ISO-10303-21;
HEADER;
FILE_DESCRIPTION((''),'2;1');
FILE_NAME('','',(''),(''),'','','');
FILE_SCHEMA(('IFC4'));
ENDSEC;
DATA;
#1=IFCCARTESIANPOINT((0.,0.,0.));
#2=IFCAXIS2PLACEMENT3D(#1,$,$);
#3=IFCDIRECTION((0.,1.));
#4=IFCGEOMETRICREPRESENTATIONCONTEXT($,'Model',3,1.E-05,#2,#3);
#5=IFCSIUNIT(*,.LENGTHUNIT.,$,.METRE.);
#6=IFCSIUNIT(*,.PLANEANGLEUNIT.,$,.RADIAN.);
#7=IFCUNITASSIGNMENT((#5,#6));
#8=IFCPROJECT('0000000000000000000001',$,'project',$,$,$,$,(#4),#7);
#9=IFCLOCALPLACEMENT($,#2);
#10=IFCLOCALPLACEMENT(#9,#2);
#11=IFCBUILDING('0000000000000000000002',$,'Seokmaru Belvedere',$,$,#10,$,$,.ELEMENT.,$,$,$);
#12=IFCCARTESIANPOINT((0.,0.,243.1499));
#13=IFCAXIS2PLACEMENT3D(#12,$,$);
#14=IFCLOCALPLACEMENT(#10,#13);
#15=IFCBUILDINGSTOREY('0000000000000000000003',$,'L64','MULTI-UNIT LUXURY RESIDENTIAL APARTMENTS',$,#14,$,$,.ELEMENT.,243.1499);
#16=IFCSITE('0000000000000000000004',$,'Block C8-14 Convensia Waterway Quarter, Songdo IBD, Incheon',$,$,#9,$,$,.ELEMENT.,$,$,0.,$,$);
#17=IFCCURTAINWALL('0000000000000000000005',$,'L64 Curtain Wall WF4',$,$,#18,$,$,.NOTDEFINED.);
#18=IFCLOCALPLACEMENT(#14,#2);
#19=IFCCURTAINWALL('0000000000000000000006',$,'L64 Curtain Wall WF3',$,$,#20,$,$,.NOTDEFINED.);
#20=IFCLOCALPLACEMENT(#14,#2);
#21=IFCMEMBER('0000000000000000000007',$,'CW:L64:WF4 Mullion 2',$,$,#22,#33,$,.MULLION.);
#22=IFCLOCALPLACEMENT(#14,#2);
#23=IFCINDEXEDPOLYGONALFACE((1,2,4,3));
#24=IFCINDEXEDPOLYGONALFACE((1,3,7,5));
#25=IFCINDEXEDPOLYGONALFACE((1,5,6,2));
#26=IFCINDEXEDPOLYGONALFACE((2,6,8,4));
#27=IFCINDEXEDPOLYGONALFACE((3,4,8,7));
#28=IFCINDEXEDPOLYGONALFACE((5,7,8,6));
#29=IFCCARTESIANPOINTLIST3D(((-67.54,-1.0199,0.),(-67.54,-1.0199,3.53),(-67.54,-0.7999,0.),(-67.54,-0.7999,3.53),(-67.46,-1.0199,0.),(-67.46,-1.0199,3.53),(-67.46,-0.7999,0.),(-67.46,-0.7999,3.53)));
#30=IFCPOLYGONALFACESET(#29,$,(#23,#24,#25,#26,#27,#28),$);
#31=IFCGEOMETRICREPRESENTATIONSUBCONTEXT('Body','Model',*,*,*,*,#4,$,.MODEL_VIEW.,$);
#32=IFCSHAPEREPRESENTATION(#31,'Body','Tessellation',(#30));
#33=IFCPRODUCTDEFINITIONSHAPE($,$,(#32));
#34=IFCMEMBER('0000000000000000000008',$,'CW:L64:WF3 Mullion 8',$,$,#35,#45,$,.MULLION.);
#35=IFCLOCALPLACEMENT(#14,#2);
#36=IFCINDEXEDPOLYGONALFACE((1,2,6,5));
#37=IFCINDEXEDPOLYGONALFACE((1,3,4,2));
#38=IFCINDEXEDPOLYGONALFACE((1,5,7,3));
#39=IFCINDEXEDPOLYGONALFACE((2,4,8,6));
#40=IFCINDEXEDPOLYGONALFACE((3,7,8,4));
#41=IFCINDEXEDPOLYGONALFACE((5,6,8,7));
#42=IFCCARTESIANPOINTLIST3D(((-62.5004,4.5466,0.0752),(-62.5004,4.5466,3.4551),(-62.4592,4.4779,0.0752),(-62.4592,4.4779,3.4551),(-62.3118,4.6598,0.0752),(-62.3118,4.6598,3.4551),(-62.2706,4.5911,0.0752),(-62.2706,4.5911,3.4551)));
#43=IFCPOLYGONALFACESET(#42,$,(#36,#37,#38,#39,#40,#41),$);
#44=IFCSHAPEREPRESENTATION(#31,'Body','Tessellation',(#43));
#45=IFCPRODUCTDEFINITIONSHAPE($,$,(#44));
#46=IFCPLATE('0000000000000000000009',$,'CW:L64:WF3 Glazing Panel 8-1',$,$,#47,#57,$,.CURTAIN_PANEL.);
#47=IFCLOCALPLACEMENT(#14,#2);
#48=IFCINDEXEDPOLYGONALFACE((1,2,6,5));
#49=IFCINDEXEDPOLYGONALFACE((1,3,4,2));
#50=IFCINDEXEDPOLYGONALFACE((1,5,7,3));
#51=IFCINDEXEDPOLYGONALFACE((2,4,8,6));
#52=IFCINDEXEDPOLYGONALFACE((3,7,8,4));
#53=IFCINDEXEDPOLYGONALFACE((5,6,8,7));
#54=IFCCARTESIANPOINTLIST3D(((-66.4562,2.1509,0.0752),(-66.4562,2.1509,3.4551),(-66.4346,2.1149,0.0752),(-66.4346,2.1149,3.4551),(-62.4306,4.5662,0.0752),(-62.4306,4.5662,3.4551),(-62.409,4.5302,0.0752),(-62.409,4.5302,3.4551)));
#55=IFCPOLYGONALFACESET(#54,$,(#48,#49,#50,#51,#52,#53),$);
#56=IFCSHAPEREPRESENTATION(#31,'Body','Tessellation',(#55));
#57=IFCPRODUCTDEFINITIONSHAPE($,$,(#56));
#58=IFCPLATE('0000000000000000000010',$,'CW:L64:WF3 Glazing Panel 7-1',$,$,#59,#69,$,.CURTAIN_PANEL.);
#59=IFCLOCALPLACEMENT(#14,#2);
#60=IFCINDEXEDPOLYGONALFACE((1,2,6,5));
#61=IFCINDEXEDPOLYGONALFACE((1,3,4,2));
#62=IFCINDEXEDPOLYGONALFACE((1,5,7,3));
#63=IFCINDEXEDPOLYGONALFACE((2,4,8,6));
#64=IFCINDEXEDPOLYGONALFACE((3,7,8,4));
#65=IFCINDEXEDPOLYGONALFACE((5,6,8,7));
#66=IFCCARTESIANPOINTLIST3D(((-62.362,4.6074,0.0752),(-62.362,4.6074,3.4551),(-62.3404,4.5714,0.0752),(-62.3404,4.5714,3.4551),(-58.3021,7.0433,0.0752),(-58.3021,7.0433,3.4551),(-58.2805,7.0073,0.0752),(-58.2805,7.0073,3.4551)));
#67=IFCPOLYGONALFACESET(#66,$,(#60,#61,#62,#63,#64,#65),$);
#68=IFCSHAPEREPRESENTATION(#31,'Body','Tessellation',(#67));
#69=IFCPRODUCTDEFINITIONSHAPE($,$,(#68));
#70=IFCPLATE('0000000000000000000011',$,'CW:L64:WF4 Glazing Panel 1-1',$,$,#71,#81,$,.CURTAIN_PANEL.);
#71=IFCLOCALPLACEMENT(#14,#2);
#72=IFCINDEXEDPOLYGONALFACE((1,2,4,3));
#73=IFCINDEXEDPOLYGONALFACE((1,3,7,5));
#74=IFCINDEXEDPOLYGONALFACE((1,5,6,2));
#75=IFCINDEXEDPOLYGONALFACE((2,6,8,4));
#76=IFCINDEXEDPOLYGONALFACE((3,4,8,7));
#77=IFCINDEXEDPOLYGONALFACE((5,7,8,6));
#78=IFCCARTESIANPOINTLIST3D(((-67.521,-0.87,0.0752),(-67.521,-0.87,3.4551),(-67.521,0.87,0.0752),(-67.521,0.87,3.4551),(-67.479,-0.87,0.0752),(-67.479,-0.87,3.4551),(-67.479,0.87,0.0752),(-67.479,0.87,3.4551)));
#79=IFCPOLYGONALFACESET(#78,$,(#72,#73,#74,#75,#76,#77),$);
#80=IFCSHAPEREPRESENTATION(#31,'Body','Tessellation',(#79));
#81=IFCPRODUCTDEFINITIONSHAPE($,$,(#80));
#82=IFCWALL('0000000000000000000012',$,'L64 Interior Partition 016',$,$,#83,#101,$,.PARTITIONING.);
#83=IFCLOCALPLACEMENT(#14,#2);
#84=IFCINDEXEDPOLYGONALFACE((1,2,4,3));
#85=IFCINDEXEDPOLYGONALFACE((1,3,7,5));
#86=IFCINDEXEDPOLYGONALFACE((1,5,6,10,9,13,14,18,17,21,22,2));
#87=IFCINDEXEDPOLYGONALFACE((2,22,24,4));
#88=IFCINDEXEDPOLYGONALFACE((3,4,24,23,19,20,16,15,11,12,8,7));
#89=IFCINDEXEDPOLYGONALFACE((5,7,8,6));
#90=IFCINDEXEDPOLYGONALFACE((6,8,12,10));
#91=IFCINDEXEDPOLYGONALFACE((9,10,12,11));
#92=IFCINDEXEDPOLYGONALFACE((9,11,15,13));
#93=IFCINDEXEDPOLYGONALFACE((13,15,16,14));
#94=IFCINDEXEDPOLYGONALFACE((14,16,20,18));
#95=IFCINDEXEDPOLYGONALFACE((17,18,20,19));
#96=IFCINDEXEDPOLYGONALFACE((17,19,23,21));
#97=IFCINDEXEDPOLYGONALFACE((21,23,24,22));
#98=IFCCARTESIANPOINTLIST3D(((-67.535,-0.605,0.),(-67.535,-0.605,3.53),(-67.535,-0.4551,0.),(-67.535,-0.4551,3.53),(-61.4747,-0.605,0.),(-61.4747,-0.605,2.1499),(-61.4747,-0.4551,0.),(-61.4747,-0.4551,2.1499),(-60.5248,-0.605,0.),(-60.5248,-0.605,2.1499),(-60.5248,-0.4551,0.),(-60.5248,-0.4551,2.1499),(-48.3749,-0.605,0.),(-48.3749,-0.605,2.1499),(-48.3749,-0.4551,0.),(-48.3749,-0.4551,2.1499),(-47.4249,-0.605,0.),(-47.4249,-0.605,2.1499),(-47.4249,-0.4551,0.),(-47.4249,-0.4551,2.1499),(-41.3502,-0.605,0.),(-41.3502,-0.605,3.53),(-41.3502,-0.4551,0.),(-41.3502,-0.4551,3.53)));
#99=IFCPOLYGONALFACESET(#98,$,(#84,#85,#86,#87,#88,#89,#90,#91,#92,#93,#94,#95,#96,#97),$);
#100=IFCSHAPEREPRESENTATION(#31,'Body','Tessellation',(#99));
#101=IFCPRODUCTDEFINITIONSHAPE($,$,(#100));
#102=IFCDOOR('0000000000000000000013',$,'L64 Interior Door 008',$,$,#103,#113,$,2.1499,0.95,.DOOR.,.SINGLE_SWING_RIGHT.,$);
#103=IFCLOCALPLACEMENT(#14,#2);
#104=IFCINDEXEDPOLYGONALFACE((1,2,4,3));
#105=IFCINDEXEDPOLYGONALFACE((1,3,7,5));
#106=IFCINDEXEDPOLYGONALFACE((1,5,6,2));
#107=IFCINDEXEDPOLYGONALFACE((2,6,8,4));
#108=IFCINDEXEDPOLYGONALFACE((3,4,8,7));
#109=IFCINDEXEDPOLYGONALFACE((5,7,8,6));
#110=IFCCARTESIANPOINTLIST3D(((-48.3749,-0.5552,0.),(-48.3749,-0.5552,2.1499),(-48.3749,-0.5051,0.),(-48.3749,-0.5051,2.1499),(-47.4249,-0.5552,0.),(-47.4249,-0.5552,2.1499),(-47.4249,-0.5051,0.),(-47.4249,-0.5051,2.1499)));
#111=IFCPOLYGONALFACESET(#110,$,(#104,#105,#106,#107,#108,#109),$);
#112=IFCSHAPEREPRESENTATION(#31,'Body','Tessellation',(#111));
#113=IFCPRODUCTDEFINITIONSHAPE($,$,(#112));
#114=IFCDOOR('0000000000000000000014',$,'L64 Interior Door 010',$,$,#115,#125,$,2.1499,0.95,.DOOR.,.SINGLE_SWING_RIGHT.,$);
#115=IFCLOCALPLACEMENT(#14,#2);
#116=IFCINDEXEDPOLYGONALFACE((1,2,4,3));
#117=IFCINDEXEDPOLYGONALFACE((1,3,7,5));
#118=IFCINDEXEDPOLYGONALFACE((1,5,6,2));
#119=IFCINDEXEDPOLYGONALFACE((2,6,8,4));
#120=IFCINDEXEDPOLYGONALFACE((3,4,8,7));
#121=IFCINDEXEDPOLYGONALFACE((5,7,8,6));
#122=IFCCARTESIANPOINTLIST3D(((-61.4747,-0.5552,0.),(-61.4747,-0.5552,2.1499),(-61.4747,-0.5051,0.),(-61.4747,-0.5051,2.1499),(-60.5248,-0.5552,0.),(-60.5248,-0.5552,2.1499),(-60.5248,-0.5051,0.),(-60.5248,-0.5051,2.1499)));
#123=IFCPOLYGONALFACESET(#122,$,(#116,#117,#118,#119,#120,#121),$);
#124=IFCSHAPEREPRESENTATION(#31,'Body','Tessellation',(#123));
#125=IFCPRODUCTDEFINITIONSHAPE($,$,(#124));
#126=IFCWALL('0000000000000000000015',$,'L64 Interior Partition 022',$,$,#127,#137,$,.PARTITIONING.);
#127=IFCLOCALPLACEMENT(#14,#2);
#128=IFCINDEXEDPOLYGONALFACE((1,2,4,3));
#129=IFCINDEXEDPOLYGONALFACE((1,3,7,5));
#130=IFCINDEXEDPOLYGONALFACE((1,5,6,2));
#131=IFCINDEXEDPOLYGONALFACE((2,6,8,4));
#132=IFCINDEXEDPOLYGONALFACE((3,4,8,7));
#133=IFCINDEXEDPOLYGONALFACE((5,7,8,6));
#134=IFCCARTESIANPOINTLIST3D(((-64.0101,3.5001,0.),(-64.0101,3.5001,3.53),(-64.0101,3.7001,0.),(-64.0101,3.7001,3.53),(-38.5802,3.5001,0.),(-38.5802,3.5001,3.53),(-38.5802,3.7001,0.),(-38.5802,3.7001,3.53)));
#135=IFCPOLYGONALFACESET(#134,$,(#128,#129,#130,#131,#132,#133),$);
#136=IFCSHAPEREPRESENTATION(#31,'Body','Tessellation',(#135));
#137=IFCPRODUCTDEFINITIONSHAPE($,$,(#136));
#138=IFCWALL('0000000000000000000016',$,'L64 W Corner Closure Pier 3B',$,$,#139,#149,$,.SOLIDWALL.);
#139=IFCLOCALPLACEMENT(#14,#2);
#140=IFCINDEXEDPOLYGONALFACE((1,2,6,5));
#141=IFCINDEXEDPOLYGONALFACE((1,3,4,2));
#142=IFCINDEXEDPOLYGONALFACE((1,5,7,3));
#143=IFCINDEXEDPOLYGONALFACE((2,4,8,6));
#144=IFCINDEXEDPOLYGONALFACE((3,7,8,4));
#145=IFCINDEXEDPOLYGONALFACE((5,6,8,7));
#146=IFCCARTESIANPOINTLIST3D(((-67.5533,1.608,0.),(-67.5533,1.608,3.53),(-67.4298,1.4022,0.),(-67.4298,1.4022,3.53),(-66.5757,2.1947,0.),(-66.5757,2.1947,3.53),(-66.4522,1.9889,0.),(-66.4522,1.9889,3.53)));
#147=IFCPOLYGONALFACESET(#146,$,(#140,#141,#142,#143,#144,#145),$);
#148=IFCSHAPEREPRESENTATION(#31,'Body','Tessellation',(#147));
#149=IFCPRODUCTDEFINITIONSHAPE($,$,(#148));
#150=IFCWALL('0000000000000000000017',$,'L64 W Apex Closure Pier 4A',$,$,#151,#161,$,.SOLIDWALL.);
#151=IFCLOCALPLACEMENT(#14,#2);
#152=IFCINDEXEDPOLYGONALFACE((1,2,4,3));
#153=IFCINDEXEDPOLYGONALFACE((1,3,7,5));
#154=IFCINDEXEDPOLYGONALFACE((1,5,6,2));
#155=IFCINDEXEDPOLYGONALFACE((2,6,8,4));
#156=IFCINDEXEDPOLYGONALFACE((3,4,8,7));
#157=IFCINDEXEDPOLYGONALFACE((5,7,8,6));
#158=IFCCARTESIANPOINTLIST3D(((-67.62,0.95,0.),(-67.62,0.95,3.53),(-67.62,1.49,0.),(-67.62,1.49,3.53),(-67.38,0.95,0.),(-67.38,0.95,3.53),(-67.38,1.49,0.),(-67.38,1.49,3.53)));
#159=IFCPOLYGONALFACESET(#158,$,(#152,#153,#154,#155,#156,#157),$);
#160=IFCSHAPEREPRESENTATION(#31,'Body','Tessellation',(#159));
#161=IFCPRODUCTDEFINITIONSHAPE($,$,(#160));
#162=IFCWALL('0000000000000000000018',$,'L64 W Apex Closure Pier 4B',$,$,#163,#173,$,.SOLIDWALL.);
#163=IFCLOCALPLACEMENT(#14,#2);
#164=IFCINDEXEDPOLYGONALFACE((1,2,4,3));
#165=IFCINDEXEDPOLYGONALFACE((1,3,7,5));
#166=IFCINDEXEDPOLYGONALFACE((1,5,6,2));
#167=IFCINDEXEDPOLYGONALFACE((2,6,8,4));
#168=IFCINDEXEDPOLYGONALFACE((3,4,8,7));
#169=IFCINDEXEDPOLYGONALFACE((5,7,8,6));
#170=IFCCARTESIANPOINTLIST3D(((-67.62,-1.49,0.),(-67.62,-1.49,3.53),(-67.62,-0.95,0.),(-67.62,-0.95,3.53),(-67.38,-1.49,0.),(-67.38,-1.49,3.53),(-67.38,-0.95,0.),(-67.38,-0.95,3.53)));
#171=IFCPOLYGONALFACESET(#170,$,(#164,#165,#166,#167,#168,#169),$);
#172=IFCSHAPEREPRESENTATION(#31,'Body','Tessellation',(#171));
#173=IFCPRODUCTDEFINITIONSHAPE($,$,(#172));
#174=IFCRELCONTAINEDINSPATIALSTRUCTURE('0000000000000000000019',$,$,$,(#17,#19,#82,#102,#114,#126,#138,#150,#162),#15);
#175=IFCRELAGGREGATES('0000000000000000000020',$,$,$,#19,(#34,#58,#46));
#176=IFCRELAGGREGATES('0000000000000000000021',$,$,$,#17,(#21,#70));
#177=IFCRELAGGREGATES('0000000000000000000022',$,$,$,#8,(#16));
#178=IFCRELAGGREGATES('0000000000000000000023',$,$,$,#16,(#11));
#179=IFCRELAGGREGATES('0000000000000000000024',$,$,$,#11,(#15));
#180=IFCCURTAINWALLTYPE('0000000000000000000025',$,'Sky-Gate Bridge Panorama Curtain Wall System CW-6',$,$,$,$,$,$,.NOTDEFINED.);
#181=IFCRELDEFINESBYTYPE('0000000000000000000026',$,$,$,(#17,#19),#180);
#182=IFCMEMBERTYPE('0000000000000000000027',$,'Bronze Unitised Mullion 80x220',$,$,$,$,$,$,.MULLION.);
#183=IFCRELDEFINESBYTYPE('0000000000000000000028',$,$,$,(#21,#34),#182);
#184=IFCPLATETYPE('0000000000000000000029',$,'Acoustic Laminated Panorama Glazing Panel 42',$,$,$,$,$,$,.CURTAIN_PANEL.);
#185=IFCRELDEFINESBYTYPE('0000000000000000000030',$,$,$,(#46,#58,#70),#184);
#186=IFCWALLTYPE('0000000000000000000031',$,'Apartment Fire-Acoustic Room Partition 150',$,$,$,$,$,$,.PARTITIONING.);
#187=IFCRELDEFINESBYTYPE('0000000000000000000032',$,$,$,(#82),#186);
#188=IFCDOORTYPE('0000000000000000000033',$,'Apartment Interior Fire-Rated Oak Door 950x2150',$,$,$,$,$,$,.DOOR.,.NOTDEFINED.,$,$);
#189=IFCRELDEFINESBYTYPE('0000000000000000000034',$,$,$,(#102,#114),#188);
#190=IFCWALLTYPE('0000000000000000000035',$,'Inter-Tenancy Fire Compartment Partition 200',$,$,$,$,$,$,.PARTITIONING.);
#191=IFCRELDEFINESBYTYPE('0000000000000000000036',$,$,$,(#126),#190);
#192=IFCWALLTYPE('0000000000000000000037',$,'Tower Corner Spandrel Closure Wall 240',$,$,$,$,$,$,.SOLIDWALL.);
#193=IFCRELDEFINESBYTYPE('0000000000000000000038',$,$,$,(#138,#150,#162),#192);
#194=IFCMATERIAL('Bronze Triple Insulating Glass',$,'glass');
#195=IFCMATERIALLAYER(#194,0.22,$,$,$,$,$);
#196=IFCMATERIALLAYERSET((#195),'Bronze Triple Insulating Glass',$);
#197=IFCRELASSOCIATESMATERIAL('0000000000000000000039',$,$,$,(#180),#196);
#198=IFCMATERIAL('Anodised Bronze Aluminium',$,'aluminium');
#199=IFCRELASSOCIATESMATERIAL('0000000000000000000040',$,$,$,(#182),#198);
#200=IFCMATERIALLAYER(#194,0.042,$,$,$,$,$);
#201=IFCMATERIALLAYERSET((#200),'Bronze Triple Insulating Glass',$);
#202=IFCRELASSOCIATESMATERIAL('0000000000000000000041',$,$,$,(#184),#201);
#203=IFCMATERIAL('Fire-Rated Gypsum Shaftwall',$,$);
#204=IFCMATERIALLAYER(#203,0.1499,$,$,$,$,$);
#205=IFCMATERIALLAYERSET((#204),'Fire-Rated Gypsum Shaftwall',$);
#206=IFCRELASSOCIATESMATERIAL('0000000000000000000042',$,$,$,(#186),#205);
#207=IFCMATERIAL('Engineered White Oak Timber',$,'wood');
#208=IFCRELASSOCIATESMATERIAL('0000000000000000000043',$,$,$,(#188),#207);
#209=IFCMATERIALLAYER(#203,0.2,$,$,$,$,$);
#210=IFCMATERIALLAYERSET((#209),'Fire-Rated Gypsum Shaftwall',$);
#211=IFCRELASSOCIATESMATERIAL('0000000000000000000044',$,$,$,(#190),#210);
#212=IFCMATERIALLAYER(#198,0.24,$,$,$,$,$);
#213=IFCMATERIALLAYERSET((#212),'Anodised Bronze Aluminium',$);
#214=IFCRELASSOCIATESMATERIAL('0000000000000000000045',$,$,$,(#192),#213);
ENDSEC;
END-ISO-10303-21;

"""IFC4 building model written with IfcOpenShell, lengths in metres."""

from ifc_helpers import new_model, si_unit, direction, frame, frame_2d, origin, origin_2d, place, context, subcontext, project, spatial, rectangle, extrude, source, transform, mapped, material, layer, layer_set, material_profile, profile_set, type_object, type_shapes, element, fill, aggregate, save


model = new_model("IFC4")

# Units and contexts
model_context = context("Model", 3, precision=1e-05, world=origin(), true_north=direction((0.0, 1.0)))
body_context = subcontext(model_context, "Body", "Model", "MODEL_VIEW")
ifc_project = project(units=[si_unit("LENGTHUNIT", "METRE"), si_unit("PLANEANGLEUNIT", "RADIAN")], contexts=[model_context])

# Site, building, storey
site_placement = place(None, origin())
site = spatial("IfcSite", under=ifc_project, at=site_placement, Name="Block C8-14 Convensia Waterway Quarter, Songdo IBD, Incheon", CompositionType="ELEMENT", RefElevation=0.0)
building_placement = place(site_placement, origin())
building = spatial("IfcBuilding", under=site, at=building_placement, Name="Seokmaru Belvedere", CompositionType="ELEMENT")
storey_placement = place(building_placement, frame((0.0, 0.0, 243.1499)))
storey = spatial("IfcBuildingStorey", under=building, at=storey_placement, Name="L64", Description="MULTI-UNIT LUXURY RESIDENTIAL APARTMENTS", CompositionType="ELEMENT", Elevation=243.1499)

# Curtain wall
ifc_material_1 = material(Name="Bronze Triple Insulating Glass", Category="glass")
ifc_layer_1 = layer(ifc_material_1, 0.22)
ifc_layer_set_1 = layer_set([ifc_layer_1], Name="Bronze Triple Insulating Glass")
curtain_wall_type = type_object("IfcCurtainWallType", Name="Sky-Gate Bridge Panorama Curtain Wall System CW-6", PredefinedType="NOTDEFINED", material=ifc_layer_set_1)
curtain_wall_1_placement = place(storey_placement, origin())
curtain_wall_1 = element("IfcCurtainWall", 1, at=curtain_wall_1_placement, inside=storey, type_object=curtain_wall_type, Name="L64 Curtain Wall WF4", PredefinedType="NOTDEFINED")
ifc_material_2 = material(Name="Anodised Bronze Aluminium", Category="aluminium")

# Curtain wall
curtain_wall_2_placement = place(storey_placement, origin())
curtain_wall_2 = element("IfcCurtainWall", 2, at=curtain_wall_2_placement, inside=storey, type_object=curtain_wall_type, Name="L64 Curtain Wall WF3", PredefinedType="NOTDEFINED")
ifc_material_profile_1 = material_profile(ifc_material_2, rectangle(XDim=0.0801, YDim=0.22, at=origin_2d()), Name="CW-M-80x220")
ifc_profile_set_1 = profile_set([ifc_material_profile_1], Name="Anodised Bronze Aluminium")
member_type_1 = type_object("IfcMemberType", Name="Bronze Unitised Mullion 80x220", PredefinedType="MULLION", material=ifc_profile_set_1)
shared_shape_1 = source(origin(), body_context, "Body", "SweptSolid", [
    extrude(rectangle(XDim=0.0801, YDim=0.22, at=origin_2d()), origin(), (0.0, 0.0, 1.0), 3.53),
])

# Members
member_1_placement = place(storey_placement, frame((-67.5, -0.9099, 0.0), z_axis=(0.0, 0.0, 1.0), x_axis=(1.0, 0.0, 0.0)))
member_1 = element("IfcMember", 3, at=member_1_placement, type_object=member_type_1, Name="CW:L64:WF4 Mullion 2", PredefinedType="MULLION", context=body_context, shape_type="MappedRepresentation", body=[
    mapped(shared_shape_1, transform((0.0, 0.0, 0.0), scale=1.0)),
])
shared_shape_2 = source(origin(), body_context, "Body", "SweptSolid", [
    extrude(rectangle(XDim=0.0801, YDim=0.22, at=origin_2d()), origin(), (0.0, 0.0, 1.0), 3.3799),
])
type_shapes(member_type_1, [shared_shape_1, shared_shape_2])
member_2_placement = place(storey_placement, frame((-62.3855, 4.5688, 0.0752), z_axis=(0.0, 0.0, 1.0), x_axis=(0.514495, -0.857493, 0.0)))
member_2 = element("IfcMember", 4, at=member_2_placement, type_object=member_type_1, Name="CW:L64:WF3 Mullion 8", PredefinedType="MULLION", context=body_context, shape_type="MappedRepresentation", body=[
    mapped(shared_shape_2, transform((0.0, 0.0, 0.0), scale=1.0)),
])

# Plates
ifc_layer_2 = layer(ifc_material_1, 0.042)
ifc_layer_set_2 = layer_set([ifc_layer_2], Name="Bronze Triple Insulating Glass")
plate_type = type_object("IfcPlateType", Name="Acoustic Laminated Panorama Glazing Panel 42", PredefinedType="CURTAIN_PANEL", material=ifc_layer_set_2)
shared_shape_3 = source(origin(), body_context, "Body", "SweptSolid", [
    extrude(rectangle(XDim=4.6946, YDim=0.042, at=origin_2d()), origin(), (0.0, 0.0, 1.0), 3.3799),
])
plate_1_placement = place(storey_placement, frame((-64.4326, 3.3406, 0.0752), z_axis=(0.0, 0.0, 1.0), x_axis=(-0.857493, -0.514495, 0.0)))
plate_1 = element("IfcPlate", 5, at=plate_1_placement, type_object=plate_type, Name="CW:L64:WF3 Glazing Panel 8-1", PredefinedType="CURTAIN_PANEL", context=body_context, shape_type="MappedRepresentation", body=[
    mapped(shared_shape_3, transform((0.0, 0.0, 0.0), scale=1.0)),
])
shared_shape_4 = source(origin(), body_context, "Body", "SweptSolid", [
    extrude(rectangle(XDim=4.7346, YDim=0.042, at=origin_2d()), origin(), (0.0, 0.0, 1.0), 3.3799),
])
plate_2_placement = place(storey_placement, frame((-60.3213, 5.8074, 0.0752), z_axis=(0.0, 0.0, 1.0), x_axis=(-0.857493, -0.514495, 0.0)))
plate_2 = element("IfcPlate", 6, at=plate_2_placement, type_object=plate_type, Name="CW:L64:WF3 Glazing Panel 7-1", PredefinedType="CURTAIN_PANEL", context=body_context, shape_type="MappedRepresentation", body=[
    mapped(shared_shape_4, transform((0.0, 0.0, 0.0), scale=1.0)),
])
aggregate(curtain_wall_2, [member_2, plate_2, plate_1])
shared_shape_5 = source(origin(), body_context, "Body", "SweptSolid", [
    extrude(rectangle(XDim=1.74, YDim=0.042, at=origin_2d()), origin(), (0.0, 0.0, 1.0), 3.3799),
])
type_shapes(plate_type, [shared_shape_3, shared_shape_4, shared_shape_5])
plate_3_placement = place(storey_placement, frame((-67.5, 0.0, 0.0752), z_axis=(0.0, 0.0, 1.0), x_axis=(0.0, -1.0, 0.0)))
plate_3 = element("IfcPlate", 7, at=plate_3_placement, type_object=plate_type, Name="CW:L64:WF4 Glazing Panel 1-1", PredefinedType="CURTAIN_PANEL", context=body_context, shape_type="MappedRepresentation", body=[
    mapped(shared_shape_5, transform((0.0, 0.0, 0.0), scale=1.0)),
])
aggregate(curtain_wall_1, [member_1, plate_3])

# Wall, openings, doors
ifc_material_3 = material(Name="Fire-Rated Gypsum Shaftwall")
ifc_layer_3 = layer(ifc_material_3, 0.1499)
ifc_layer_set_3 = layer_set([ifc_layer_3], Name="Fire-Rated Gypsum Shaftwall")
wall_type_1 = type_object("IfcWallType", Name="Apartment Fire-Acoustic Room Partition 150", PredefinedType="PARTITIONING", material=ifc_layer_set_3)
wall_1_placement = place(storey_placement, frame((-67.5349, -0.53, 0.0), z_axis=(0.0, 0.0, 1.0), x_axis=(1.0, 0.0, 0.0)))
wall_1 = element("IfcWall", 8, at=wall_1_placement, inside=storey, type_object=wall_type_1, Name="L64 Interior Partition 016", PredefinedType="PARTITIONING", context=body_context, shape_type="SweptSolid", body=[
    extrude(rectangle(XDim=26.1848, YDim=0.1499, at=frame_2d((13.0923, 0.0))), origin(), (0.0, 0.0, 1.0), 3.53),
])
opening_1_placement = place(wall_1_placement, frame((19.1599, 0.0, 0.0)))
opening_1 = element("IfcOpeningElement", 9, at=opening_1_placement, cuts=wall_1, PredefinedType="OPENING", context=body_context, shape_type="SweptSolid", body=[
    extrude(rectangle(XDim=0.95, YDim=2.1499, at=frame_2d((0.4751, 1.075))), frame((0.0, 0.085, 0.0), z_axis=(0.0, -1.0, 0.0), x_axis=(1.0, 0.0, 0.0)), (0.0, 0.0, 1.0), 0.1699),
])
opening_2_placement = place(wall_1_placement, frame((6.0601, 0.0, 0.0)))
opening_2 = element("IfcOpeningElement", 10, at=opening_2_placement, cuts=wall_1, PredefinedType="OPENING", context=body_context, shape_type="SweptSolid", body=[
    extrude(rectangle(XDim=0.95, YDim=2.1499, at=frame_2d((0.4751, 1.075))), frame((0.0, 0.085, 0.0), z_axis=(0.0, -1.0, 0.0), x_axis=(1.0, 0.0, 0.0)), (0.0, 0.0, 1.0), 0.1699),
])
ifc_material_4 = material(Name="Engineered White Oak Timber", Category="wood")
door_type = type_object("IfcDoorType", Name="Apartment Interior Fire-Rated Oak Door 950x2150", OperationType="NOTDEFINED", PredefinedType="DOOR", material=ifc_material_4)
shared_shape_6 = source(origin(), body_context, "Body", "SweptSolid", [
    extrude(rectangle(XDim=0.95, YDim=2.1499, at=frame_2d((0.4751, 1.075))), frame((0.0, 0.0249, 0.0), z_axis=(0.0, -1.0, 0.0), x_axis=(1.0, 0.0, 0.0)), (0.0, 0.0, 1.0), 0.05),
])
type_shapes(door_type, [shared_shape_6])
door_1_placement = place(opening_1_placement, origin())
door_1 = element("IfcDoor", 11, at=door_1_placement, inside=storey, type_object=door_type, Name="L64 Interior Door 008", OperationType="SINGLE_SWING_RIGHT", OverallHeight=2.1499, OverallWidth=0.95, PredefinedType="DOOR", context=body_context, shape_type="MappedRepresentation", body=[
    mapped(shared_shape_6, transform((0.0, 0.0, 0.0), scale=1.0)),
])
fill(opening_1, door_1)
door_2_placement = place(opening_2_placement, origin())
door_2 = element("IfcDoor", 12, at=door_2_placement, inside=storey, type_object=door_type, Name="L64 Interior Door 010", OperationType="SINGLE_SWING_RIGHT", OverallHeight=2.1499, OverallWidth=0.95, PredefinedType="DOOR", context=body_context, shape_type="MappedRepresentation", body=[
    mapped(shared_shape_6, transform((0.0, 0.0, 0.0), scale=1.0)),
])
fill(opening_2, door_2)

# Walls
ifc_layer_4 = layer(ifc_material_3, 0.2)
ifc_layer_set_4 = layer_set([ifc_layer_4], Name="Fire-Rated Gypsum Shaftwall")
wall_type_2 = type_object("IfcWallType", Name="Inter-Tenancy Fire Compartment Partition 200", PredefinedType="PARTITIONING", material=ifc_layer_set_4)
wall_2_placement = place(storey_placement, frame((-64.01, 3.6001, 0.0), z_axis=(0.0, 0.0, 1.0), x_axis=(1.0, 0.0, 0.0)))
element("IfcWall", 13, at=wall_2_placement, inside=storey, type_object=wall_type_2, Name="L64 Interior Partition 022", PredefinedType="PARTITIONING", context=body_context, shape_type="SweptSolid", body=[
    extrude(rectangle(XDim=25.4299, YDim=0.2, at=frame_2d((12.7148, 0.0))), origin(), (0.0, 0.0, 1.0), 3.53),
])
ifc_layer_5 = layer(ifc_material_2, 0.24)
ifc_layer_set_5 = layer_set([ifc_layer_5], Name="Anodised Bronze Aluminium")
wall_type_3 = type_object("IfcWallType", Name="Tower Corner Spandrel Closure Wall 240", PredefinedType="SOLIDWALL", material=ifc_layer_set_5)
wall_3_placement = place(storey_placement, frame((-66.5139, 2.0918, 0.0), z_axis=(0.0, 0.0, 1.0), x_axis=(-0.857436, -0.51459, 0.0)))
element("IfcWall", 14, at=wall_3_placement, inside=storey, type_object=wall_type_3, Name="L64 W Corner Closure Pier 3B", PredefinedType="SOLIDWALL", context=body_context, shape_type="SweptSolid", body=[
    extrude(rectangle(XDim=1.1401, YDim=0.24, at=frame_2d((0.5701, 0.0))), origin(), (0.0, 0.0, 1.0), 3.53),
])
for number, where, z_axis, x_axis, name in (
    (15, (-67.5, 1.49, 0.0), (0.0, 0.0, 1.0), (0.0, -1.0, 0.0), "L64 W Apex Closure Pier 4A"),
    (16, (-67.5, -0.95, 0.0), (0.0, 0.0, 1.0), (0.0, -1.0, 0.0), "L64 W Apex Closure Pier 4B"),
):
    element("IfcWall", number, at=place(storey_placement, frame(where, z_axis=z_axis, x_axis=x_axis)), inside=storey, type_object=wall_type_3, Name=name, PredefinedType="SOLIDWALL", context=body_context, shape_type="SweptSolid", body=[
        extrude(rectangle(XDim=0.54, YDim=0.24, at=frame_2d((0.27, 0.0))), origin(), (0.0, 0.0, 1.0), 3.53),
    ])

save(model, "model.ifc")
